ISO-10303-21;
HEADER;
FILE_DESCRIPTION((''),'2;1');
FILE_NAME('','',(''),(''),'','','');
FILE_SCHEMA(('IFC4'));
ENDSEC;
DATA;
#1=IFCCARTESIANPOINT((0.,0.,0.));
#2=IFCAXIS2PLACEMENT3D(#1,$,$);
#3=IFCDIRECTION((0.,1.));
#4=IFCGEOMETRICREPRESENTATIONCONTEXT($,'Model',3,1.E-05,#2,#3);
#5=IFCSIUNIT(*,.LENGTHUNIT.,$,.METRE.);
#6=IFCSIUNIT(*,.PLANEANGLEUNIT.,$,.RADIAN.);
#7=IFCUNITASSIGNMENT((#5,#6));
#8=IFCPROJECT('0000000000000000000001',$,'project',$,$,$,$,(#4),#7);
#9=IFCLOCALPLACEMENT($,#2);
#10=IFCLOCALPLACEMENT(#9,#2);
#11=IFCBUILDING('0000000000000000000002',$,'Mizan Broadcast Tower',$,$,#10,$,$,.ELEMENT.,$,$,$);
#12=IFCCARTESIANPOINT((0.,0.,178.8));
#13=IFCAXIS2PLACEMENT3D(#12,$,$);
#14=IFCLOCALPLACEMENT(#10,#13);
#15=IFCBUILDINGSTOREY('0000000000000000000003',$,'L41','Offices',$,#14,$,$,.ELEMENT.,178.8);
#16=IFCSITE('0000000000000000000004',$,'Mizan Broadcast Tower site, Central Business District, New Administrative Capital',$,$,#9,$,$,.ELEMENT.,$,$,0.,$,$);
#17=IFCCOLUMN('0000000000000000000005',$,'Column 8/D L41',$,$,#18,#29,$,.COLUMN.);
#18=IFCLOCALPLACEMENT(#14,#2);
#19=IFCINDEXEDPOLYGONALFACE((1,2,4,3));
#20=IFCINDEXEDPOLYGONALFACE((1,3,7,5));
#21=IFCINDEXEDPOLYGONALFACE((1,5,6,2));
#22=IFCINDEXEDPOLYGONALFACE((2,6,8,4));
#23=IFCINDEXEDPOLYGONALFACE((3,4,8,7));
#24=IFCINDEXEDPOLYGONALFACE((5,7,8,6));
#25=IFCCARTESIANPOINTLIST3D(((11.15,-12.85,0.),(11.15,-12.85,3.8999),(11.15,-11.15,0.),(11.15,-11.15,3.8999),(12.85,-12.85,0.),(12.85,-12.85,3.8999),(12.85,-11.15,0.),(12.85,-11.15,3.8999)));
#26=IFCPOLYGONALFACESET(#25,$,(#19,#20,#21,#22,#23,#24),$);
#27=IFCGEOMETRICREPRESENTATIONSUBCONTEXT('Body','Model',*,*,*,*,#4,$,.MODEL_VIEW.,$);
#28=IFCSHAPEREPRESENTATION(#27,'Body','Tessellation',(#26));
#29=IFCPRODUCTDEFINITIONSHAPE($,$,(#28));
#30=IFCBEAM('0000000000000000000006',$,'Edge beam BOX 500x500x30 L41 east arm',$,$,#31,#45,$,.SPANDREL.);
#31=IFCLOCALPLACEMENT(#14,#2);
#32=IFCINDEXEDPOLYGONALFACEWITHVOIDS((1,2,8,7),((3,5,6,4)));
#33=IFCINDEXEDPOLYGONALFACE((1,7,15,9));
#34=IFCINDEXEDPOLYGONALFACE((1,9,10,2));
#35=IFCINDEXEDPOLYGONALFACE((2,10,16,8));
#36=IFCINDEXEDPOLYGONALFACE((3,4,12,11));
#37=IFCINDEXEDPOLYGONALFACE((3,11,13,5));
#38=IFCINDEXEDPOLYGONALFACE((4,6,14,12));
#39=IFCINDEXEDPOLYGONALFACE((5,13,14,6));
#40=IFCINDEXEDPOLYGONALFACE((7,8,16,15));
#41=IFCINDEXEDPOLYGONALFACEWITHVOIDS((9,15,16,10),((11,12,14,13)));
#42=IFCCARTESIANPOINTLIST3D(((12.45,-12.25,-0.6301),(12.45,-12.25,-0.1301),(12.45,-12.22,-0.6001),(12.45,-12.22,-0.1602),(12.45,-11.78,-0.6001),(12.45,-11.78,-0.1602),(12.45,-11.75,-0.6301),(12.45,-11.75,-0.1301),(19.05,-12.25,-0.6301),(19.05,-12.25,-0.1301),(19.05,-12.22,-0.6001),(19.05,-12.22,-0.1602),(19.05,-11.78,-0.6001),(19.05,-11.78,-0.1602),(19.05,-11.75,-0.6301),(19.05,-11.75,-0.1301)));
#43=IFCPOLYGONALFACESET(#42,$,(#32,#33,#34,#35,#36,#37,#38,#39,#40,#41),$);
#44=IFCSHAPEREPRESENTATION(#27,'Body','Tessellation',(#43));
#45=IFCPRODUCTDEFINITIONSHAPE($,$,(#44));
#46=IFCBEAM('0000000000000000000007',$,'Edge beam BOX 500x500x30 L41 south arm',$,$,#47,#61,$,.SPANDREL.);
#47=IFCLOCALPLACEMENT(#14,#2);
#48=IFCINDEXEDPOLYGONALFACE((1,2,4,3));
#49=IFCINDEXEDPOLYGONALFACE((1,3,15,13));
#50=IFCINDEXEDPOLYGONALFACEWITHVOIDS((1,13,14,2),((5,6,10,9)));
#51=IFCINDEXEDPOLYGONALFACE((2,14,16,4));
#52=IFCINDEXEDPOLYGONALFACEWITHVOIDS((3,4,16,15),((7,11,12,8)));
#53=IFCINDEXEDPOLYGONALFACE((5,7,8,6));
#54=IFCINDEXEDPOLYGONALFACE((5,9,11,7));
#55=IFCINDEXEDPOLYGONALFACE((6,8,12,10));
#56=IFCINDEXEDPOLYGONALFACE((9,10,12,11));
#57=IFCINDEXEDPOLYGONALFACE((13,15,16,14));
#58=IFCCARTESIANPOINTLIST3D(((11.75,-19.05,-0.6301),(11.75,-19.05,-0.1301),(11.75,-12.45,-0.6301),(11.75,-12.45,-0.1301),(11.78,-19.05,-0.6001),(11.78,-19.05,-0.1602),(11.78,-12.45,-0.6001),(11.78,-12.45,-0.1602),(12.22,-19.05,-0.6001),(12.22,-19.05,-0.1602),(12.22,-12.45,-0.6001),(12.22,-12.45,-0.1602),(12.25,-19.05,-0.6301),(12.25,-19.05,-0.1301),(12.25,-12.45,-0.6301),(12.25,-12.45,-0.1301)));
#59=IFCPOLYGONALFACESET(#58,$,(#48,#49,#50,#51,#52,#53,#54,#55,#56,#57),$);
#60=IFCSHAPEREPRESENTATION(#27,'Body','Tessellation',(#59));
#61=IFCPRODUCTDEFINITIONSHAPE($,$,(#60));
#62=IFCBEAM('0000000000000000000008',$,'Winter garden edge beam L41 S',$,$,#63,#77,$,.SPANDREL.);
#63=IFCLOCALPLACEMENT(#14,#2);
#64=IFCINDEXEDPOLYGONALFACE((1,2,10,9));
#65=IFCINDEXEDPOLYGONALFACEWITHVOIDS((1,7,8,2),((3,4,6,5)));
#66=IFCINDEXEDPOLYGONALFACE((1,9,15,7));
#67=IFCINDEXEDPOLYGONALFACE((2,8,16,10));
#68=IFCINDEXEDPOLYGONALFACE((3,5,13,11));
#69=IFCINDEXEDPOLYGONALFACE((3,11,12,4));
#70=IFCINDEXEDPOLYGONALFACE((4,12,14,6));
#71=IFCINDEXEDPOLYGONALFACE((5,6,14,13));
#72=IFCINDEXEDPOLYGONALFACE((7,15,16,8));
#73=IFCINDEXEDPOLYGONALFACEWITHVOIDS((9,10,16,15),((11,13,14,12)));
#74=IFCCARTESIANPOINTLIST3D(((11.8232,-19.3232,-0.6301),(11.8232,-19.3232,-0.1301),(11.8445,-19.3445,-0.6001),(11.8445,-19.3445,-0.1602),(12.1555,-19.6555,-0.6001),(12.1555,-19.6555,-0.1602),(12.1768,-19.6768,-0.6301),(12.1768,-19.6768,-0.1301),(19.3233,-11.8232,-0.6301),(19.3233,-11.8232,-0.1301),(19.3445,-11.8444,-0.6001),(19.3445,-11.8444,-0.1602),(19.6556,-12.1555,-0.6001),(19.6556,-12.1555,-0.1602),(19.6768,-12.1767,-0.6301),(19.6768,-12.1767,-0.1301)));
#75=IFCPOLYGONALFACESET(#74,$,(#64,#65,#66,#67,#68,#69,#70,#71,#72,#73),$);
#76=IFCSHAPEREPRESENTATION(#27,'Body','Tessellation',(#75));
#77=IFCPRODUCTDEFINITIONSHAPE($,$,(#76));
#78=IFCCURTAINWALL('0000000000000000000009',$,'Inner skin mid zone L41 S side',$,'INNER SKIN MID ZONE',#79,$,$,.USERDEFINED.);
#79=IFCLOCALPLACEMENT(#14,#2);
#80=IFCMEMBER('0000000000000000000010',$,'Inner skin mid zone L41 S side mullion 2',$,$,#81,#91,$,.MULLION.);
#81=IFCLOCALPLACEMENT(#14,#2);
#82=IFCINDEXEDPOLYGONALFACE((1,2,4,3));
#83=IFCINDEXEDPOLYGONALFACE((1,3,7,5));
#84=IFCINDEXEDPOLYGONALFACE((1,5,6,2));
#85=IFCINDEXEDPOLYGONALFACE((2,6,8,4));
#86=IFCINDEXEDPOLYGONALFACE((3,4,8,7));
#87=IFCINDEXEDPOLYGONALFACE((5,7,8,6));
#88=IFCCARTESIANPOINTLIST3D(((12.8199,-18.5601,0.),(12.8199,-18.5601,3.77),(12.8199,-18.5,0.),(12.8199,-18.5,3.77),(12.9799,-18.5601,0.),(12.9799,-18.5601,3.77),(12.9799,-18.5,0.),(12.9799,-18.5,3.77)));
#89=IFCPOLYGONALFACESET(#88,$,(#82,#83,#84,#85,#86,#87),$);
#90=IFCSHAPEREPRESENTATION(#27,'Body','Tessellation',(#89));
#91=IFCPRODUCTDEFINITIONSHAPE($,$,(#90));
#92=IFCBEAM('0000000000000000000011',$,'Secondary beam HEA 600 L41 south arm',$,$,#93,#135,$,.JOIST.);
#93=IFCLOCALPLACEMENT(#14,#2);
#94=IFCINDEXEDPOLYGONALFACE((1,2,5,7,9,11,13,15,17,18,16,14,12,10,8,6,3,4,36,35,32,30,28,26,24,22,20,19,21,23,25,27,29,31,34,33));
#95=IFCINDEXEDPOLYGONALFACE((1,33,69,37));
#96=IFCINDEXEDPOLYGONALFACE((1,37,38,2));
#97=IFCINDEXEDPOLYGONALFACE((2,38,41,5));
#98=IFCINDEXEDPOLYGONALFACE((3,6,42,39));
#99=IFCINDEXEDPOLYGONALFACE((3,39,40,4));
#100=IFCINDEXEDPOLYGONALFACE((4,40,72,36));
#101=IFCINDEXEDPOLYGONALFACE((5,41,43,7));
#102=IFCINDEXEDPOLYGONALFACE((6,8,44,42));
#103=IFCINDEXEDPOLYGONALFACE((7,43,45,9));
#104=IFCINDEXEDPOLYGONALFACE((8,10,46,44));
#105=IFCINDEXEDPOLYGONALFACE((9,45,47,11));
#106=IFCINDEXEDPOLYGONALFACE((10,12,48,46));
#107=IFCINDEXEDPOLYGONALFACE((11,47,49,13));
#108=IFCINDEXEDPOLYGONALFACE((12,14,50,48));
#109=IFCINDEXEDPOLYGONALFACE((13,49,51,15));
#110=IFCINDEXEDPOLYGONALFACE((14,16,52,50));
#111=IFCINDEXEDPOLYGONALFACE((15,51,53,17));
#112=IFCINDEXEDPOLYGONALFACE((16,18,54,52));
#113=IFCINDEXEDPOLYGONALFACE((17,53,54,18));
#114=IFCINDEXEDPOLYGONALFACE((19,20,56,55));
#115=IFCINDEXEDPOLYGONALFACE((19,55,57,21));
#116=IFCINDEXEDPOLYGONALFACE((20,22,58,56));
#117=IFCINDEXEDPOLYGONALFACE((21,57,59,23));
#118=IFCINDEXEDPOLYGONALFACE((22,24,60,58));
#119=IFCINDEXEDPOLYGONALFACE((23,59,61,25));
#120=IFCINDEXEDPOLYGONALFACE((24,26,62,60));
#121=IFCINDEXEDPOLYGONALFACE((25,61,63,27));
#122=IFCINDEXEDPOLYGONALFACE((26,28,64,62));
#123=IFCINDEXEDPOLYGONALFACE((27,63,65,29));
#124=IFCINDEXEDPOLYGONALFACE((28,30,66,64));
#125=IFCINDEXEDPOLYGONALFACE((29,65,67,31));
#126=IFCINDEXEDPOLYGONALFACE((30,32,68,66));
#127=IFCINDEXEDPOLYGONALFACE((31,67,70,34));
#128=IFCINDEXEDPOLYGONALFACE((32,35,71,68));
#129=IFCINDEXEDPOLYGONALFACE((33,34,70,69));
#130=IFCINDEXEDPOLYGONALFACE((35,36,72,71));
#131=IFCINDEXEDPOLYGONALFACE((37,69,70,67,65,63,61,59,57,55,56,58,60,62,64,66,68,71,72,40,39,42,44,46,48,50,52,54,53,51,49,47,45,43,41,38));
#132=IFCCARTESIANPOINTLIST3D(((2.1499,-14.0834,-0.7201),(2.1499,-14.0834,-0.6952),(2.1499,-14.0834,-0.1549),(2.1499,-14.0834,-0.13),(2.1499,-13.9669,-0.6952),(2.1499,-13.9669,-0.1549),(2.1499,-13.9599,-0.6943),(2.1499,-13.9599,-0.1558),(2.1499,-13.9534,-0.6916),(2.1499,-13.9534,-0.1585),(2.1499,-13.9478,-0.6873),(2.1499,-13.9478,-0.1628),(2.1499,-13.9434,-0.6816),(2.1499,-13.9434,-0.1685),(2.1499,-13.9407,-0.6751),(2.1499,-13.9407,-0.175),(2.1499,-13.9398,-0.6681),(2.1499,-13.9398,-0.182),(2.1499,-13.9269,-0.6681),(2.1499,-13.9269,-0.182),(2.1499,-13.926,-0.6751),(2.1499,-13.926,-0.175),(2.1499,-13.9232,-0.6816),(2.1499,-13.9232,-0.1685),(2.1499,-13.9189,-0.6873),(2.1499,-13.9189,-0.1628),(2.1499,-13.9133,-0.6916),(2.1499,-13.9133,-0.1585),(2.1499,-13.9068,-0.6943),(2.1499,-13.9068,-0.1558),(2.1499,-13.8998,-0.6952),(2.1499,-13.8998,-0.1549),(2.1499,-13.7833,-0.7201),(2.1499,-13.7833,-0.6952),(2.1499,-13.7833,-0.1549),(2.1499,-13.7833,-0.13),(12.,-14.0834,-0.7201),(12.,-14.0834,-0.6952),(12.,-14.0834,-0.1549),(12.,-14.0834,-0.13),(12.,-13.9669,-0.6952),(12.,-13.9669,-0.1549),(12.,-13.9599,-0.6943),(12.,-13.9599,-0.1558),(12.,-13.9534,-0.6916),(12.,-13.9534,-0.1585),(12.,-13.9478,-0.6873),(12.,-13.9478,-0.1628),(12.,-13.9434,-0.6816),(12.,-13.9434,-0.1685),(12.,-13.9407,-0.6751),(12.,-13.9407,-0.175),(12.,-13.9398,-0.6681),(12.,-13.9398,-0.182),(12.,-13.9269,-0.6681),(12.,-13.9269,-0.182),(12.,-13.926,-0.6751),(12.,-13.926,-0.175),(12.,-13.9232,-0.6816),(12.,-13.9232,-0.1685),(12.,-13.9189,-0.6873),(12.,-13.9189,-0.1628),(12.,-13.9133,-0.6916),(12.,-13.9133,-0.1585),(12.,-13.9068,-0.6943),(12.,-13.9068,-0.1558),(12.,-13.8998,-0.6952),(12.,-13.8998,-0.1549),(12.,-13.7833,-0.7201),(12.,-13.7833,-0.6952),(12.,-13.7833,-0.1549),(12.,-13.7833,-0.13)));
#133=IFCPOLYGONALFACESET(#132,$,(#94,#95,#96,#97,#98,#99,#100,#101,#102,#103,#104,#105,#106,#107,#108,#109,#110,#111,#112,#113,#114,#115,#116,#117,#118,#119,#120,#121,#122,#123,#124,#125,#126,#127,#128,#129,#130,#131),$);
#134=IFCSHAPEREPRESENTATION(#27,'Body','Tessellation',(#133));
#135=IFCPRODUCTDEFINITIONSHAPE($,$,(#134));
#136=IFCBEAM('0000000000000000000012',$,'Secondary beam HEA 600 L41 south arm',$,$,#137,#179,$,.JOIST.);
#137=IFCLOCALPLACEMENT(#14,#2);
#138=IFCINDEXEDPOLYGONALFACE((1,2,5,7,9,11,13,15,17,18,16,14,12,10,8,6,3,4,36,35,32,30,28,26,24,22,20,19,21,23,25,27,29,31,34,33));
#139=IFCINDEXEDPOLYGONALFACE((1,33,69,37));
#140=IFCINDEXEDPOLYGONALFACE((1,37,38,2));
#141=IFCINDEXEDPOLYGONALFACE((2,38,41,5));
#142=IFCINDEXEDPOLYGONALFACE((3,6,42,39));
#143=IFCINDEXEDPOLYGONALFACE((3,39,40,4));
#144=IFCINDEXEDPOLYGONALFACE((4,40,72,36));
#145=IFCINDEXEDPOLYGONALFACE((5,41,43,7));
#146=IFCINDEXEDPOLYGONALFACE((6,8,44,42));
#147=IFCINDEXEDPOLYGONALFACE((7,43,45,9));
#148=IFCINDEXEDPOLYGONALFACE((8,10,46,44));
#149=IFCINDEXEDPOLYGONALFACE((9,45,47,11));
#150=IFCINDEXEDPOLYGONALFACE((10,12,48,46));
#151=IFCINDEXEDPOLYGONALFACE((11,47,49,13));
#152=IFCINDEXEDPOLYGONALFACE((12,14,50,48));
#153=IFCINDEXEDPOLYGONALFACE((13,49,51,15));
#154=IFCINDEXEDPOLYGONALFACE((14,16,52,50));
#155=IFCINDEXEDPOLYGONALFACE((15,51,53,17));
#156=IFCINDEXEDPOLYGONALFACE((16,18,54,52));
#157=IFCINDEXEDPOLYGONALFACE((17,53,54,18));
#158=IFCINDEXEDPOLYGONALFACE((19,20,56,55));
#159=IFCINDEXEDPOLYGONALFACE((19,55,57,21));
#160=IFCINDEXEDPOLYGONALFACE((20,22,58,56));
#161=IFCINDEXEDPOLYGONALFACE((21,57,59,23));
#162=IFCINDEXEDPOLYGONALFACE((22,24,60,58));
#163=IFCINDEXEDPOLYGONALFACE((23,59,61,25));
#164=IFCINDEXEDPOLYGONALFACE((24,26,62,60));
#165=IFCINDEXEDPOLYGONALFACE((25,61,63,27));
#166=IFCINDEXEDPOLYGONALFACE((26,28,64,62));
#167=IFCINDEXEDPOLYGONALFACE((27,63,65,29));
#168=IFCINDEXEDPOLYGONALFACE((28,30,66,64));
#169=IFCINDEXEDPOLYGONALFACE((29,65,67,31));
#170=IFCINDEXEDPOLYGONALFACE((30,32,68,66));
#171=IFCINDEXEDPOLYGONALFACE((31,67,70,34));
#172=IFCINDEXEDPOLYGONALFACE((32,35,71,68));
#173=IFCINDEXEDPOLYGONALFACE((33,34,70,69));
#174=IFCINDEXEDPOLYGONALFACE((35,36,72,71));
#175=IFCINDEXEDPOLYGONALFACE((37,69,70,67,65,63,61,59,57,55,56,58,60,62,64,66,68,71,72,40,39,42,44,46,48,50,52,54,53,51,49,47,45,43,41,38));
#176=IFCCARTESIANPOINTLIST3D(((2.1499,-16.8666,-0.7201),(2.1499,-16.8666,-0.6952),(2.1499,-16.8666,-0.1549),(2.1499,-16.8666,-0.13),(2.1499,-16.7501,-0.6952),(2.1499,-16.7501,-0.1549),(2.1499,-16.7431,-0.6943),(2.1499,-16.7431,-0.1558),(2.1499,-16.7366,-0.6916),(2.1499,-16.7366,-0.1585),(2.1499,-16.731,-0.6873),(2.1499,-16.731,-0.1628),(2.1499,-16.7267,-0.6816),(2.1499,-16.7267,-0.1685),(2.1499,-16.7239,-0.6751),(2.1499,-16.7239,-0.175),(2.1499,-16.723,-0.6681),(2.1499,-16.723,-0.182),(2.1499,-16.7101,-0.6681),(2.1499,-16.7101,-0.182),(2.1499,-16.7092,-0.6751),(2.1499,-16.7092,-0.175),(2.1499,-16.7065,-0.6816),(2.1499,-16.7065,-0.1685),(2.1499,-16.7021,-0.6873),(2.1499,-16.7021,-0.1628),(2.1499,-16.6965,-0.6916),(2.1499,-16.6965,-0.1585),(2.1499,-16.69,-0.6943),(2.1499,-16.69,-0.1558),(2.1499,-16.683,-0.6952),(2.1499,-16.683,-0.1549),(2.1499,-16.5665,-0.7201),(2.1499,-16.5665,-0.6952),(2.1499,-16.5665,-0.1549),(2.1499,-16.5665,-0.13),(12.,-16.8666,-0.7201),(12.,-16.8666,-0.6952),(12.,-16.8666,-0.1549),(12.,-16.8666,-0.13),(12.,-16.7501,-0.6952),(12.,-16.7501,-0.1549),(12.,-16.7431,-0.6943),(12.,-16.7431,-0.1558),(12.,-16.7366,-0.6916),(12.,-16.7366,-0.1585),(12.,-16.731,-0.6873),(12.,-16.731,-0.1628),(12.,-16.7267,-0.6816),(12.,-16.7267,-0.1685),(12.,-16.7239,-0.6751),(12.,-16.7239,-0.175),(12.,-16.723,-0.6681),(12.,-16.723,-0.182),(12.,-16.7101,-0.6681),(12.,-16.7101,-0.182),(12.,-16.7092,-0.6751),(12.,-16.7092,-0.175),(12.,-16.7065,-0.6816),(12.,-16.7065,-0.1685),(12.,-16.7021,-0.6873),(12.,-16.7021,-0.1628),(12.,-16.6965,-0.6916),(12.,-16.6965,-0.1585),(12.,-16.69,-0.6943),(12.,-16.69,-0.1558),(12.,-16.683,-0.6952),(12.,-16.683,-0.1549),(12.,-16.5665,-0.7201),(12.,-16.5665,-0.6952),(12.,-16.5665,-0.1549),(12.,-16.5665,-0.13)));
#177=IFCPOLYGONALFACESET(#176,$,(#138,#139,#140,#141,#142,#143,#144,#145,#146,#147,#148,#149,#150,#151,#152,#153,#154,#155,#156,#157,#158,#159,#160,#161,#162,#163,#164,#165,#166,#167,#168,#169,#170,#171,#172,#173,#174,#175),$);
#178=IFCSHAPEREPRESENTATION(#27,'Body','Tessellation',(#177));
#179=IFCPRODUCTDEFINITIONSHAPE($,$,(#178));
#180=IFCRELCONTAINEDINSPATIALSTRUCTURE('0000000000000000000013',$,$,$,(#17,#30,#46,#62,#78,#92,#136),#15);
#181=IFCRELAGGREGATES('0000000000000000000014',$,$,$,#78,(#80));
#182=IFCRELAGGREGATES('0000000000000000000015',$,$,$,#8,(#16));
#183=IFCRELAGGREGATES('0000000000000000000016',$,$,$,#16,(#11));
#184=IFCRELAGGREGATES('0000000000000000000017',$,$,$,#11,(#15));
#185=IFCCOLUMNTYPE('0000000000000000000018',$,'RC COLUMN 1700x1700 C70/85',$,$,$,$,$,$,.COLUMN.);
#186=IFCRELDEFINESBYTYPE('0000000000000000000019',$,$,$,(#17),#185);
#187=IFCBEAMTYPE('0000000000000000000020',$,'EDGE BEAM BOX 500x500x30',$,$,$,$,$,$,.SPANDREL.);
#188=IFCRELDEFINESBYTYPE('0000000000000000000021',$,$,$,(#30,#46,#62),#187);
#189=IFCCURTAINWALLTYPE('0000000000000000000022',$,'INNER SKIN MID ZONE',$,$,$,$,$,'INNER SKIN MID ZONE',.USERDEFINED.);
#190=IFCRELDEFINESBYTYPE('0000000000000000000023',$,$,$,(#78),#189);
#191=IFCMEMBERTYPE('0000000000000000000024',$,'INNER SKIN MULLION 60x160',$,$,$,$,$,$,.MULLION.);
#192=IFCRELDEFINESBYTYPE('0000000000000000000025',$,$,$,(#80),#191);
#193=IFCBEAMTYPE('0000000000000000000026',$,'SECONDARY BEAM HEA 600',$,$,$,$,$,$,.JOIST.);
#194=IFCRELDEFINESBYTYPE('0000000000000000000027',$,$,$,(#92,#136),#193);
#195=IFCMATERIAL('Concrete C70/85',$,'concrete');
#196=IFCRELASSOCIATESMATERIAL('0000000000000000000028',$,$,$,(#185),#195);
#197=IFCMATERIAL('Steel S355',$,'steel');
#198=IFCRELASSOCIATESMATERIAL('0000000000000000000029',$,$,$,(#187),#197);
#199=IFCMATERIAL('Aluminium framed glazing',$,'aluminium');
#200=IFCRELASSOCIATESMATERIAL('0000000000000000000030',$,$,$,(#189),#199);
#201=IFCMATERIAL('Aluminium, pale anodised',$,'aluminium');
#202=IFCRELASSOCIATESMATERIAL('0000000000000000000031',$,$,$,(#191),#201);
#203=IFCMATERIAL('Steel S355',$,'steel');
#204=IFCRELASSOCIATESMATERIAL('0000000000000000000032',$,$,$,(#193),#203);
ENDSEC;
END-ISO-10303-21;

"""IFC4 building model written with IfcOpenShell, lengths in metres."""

from ifc_helpers import new_model, si_unit, direction, frame, origin, origin_2d, place, context, subcontext, project, spatial, rectangle, hollow_rectangle, i_section, extrude, material, material_profile, profile_set, type_object, element, aggregate, save


model = new_model("IFC4")

# Units and contexts
model_context = context("Model", 3, precision=1e-05, world=origin(), true_north=direction((0.0, 1.0)))
body_context = subcontext(model_context, "Body", "Model", "MODEL_VIEW")
ifc_project = project(units=[si_unit("LENGTHUNIT", "METRE"), si_unit("PLANEANGLEUNIT", "RADIAN")], contexts=[model_context])

# Site, building, storey
site_placement = place(None, origin())
site = spatial("IfcSite", under=ifc_project, at=site_placement, Name="Mizan Broadcast Tower site, Central Business District, New Administrative Capital", CompositionType="ELEMENT", RefElevation=0.0)
building_placement = place(site_placement, origin())
building = spatial("IfcBuilding", under=site, at=building_placement, Name="Mizan Broadcast Tower", CompositionType="ELEMENT")
storey_placement = place(building_placement, frame((0.0, 0.0, 178.8)))
storey = spatial("IfcBuildingStorey", under=building, at=storey_placement, Name="L41", Description="Offices", CompositionType="ELEMENT", Elevation=178.8)

# Column
ifc_material_1 = material(Name="Concrete C70/85", Category="concrete")
ifc_material_profile_1 = material_profile(ifc_material_1, rectangle(XDim=1.7, YDim=1.7, at=origin_2d()), Name="RC 1700x1700")
ifc_profile_set_1 = profile_set([ifc_material_profile_1], Name="Concrete C70/85")
column_type = type_object("IfcColumnType", Name="RC COLUMN 1700x1700 C70/85", PredefinedType="COLUMN", material=ifc_profile_set_1)
column_placement = place(storey_placement, frame((12.0, -12.0, 0.0), z_axis=(0.0, 0.0, 1.0), x_axis=(1.0, 0.0, 0.0)))
element("IfcColumn", 1, at=column_placement, inside=storey, type_object=column_type, Name="Column 8/D L41", PredefinedType="COLUMN", context=body_context, shape_type="SweptSolid", body=[
    extrude(rectangle(XDim=1.7, YDim=1.7, at=origin_2d()), origin(), (0.0, 0.0, 1.0), 3.8999),
])

# Beams
ifc_material_2 = material(Name="Steel S355", Category="steel")
ifc_material_profile_2 = material_profile(ifc_material_2, hollow_rectangle(XDim=0.5, YDim=0.5, WallThickness=0.03, at=origin_2d()), Name="BOX 500x500x30")
ifc_profile_set_2 = profile_set([ifc_material_profile_2], Name="Steel S355")
beam_type_1 = type_object("IfcBeamType", Name="EDGE BEAM BOX 500x500x30", PredefinedType="SPANDREL", material=ifc_profile_set_2)
for number, where, z_axis, x_axis, name in (
    (2, (12.45, -12.0, -0.3801), (1.0, 0.0, 0.0), (0.0, 1.0, 0.0), "Edge beam BOX 500x500x30 L41 east arm"),
    (3, (12.0, -12.45, -0.3801), (0.0, -1.0, 0.0), (1.0, 0.0, 0.0), "Edge beam BOX 500x500x30 L41 south arm"),
):
    element("IfcBeam", number, at=place(storey_placement, frame(where, z_axis=z_axis, x_axis=x_axis)), inside=storey, type_object=beam_type_1, Name=name, PredefinedType="SPANDREL", context=body_context, shape_type="SweptSolid", body=[
        extrude(hollow_rectangle(XDim=0.5, YDim=0.5, WallThickness=0.03, at=origin_2d()), origin(), (0.0, 0.0, 1.0), 6.6001),
    ])
beam_1_placement = place(storey_placement, frame((12.0, -19.5, -0.3801), z_axis=(0.707107, 0.707107, 0.0), x_axis=(-0.707107, 0.707107, 0.0)))
element("IfcBeam", 4, at=beam_1_placement, inside=storey, type_object=beam_type_1, Name="Winter garden edge beam L41 S", PredefinedType="SPANDREL", context=body_context, shape_type="SweptSolid", body=[
    extrude(hollow_rectangle(XDim=0.5, YDim=0.5, WallThickness=0.03, at=origin_2d()), origin(), (0.0, 0.0, 1.0), 10.6067),
])

# Curtain wall, member
ifc_material_3 = material(Name="Aluminium framed glazing", Category="aluminium")
curtain_wall_type = type_object("IfcCurtainWallType", Name="INNER SKIN MID ZONE", ElementType="INNER SKIN MID ZONE", PredefinedType="USERDEFINED", material=ifc_material_3)
curtain_wall_placement = place(storey_placement, origin())
curtain_wall = element("IfcCurtainWall", 5, at=curtain_wall_placement, inside=storey, type_object=curtain_wall_type, Name="Inner skin mid zone L41 S side", ObjectType="INNER SKIN MID ZONE", PredefinedType="USERDEFINED")
ifc_material_4 = material(Name="Aluminium, pale anodised", Category="aluminium")
ifc_material_profile_3 = material_profile(ifc_material_4, rectangle(XDim=0.1599, YDim=0.0601, at=origin_2d()), Name="MULLION 160x60")
ifc_profile_set_3 = profile_set([ifc_material_profile_3], Name="Aluminium, pale anodised")
member_type = type_object("IfcMemberType", Name="INNER SKIN MULLION 60x160", PredefinedType="MULLION", material=ifc_profile_set_3)
member_placement = place(storey_placement, frame((12.8999, -18.53, 0.0), z_axis=(0.0, 0.0, 1.0), x_axis=(-1.0, 0.0, 0.0)))
member = element("IfcMember", 6, at=member_placement, type_object=member_type, Name="Inner skin mid zone L41 S side mullion 2", PredefinedType="MULLION", context=body_context, shape_type="SweptSolid", body=[
    extrude(rectangle(XDim=0.1599, YDim=0.0601, at=origin_2d()), origin(), (0.0, 0.0, 1.0), 3.77),
])
aggregate(curtain_wall, [member])

# Beams
ifc_material_5 = material(Name="Steel S355", Category="steel")
ifc_material_profile_4 = material_profile(ifc_material_5, i_section(OverallWidth=0.3, OverallDepth=0.5901, WebThickness=0.0129, FlangeThickness=0.0249, FilletRadius=0.0271, at=origin_2d()), Name="HEA 600")
ifc_profile_set_4 = profile_set([ifc_material_profile_4], Name="Steel S355")
beam_type_2 = type_object("IfcBeamType", Name="SECONDARY BEAM HEA 600", PredefinedType="JOIST", material=ifc_profile_set_4)
for number, where, z_axis, x_axis, name in (
    (7, (12.0, -13.9333, -0.425), (-1.0, 0.0, 0.0), (0.0, -1.0, 0.0), "Secondary beam HEA 600 L41 south arm"),
    (8, (12.0, -16.7166, -0.425), (-1.0, 0.0, 0.0), (0.0, -1.0, 0.0), "Secondary beam HEA 600 L41 south arm"),
):
    element("IfcBeam", number, at=place(storey_placement, frame(where, z_axis=z_axis, x_axis=x_axis)), inside=storey, type_object=beam_type_2, Name=name, PredefinedType="JOIST", context=body_context, shape_type="SweptSolid", body=[
        extrude(i_section(OverallWidth=0.3, OverallDepth=0.5901, WebThickness=0.0129, FlangeThickness=0.0249, FilletRadius=0.0271, at=origin_2d()), origin(), (0.0, 0.0, 1.0), 9.8501),
    ])

save(model, "model.ifc")
